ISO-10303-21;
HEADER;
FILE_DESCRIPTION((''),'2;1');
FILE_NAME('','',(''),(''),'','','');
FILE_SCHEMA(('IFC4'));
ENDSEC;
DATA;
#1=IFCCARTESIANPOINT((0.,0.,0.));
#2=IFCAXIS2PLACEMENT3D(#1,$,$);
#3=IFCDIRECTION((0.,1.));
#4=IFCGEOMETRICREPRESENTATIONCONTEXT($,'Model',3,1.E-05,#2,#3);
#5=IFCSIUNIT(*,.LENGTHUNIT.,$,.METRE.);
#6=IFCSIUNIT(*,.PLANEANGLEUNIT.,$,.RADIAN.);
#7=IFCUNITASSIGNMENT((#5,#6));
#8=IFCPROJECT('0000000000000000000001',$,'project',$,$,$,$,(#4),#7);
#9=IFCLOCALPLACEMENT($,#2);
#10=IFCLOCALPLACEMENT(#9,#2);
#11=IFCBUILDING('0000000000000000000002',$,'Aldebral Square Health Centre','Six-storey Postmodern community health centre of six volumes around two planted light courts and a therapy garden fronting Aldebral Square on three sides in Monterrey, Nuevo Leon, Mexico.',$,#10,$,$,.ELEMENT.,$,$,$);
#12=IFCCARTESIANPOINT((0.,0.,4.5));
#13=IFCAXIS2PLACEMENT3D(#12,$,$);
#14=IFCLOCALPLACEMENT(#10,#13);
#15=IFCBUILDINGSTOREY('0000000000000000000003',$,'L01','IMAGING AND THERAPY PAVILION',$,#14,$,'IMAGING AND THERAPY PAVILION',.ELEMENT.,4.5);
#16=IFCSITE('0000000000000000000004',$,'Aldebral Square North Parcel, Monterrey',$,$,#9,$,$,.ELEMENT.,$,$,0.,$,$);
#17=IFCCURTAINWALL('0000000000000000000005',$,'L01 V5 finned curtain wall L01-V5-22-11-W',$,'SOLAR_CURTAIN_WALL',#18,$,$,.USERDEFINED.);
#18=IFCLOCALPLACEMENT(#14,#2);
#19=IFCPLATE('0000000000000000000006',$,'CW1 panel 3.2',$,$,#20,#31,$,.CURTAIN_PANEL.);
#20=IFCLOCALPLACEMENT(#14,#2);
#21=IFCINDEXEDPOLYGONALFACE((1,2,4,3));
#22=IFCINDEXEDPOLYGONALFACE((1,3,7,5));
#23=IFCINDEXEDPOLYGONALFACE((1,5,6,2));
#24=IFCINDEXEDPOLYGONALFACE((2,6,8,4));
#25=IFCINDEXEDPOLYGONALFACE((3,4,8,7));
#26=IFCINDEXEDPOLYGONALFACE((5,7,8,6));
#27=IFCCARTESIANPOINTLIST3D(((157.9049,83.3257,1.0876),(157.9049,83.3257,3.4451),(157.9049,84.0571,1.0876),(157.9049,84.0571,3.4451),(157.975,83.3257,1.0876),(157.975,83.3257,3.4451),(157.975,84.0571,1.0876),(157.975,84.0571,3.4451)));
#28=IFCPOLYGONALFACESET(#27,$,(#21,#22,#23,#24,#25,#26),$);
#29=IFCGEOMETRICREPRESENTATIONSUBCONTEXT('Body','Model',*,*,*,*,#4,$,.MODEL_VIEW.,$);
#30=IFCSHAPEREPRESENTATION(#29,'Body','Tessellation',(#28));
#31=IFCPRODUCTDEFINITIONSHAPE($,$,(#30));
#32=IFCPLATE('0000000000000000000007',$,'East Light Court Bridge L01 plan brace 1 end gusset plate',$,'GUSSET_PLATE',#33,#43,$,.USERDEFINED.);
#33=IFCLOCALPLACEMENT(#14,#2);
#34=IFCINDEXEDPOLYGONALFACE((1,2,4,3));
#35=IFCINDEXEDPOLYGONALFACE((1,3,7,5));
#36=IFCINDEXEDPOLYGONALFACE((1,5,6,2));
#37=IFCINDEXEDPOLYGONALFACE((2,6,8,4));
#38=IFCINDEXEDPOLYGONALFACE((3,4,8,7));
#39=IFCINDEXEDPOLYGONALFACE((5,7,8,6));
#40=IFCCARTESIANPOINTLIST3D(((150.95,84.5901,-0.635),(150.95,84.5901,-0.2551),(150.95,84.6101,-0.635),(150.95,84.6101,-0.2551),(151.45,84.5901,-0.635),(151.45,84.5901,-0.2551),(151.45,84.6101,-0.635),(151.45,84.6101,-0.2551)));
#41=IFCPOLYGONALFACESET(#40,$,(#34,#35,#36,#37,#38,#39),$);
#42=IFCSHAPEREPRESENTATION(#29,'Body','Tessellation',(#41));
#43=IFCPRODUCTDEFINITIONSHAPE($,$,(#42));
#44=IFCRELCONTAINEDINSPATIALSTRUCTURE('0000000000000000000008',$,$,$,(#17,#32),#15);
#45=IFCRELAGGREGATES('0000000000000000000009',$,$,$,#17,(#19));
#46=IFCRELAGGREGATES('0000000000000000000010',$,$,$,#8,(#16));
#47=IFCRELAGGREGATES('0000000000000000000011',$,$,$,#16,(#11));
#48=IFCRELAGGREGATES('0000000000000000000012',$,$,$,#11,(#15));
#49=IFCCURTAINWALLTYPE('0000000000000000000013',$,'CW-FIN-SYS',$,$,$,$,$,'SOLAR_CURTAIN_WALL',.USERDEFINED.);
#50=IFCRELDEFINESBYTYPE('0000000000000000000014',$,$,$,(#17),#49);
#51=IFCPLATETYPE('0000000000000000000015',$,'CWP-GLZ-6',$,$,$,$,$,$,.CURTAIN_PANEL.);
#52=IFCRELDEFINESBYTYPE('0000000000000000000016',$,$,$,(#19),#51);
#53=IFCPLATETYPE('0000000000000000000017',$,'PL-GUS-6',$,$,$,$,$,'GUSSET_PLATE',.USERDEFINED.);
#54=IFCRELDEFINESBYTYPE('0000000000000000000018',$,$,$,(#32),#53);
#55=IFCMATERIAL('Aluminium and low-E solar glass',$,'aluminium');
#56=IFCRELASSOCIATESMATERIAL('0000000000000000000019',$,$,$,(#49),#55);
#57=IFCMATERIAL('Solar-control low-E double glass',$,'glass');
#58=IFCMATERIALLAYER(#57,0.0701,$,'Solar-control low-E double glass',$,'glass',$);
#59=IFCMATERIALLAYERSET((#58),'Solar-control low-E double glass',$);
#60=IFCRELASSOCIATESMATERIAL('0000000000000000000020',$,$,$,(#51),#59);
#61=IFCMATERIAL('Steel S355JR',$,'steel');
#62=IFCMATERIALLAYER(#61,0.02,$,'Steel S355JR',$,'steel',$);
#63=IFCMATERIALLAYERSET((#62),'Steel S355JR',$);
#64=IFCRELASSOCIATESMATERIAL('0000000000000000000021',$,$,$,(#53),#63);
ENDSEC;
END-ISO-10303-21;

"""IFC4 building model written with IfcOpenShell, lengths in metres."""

from ifc_helpers import new_model, si_unit, direction, frame, origin, origin_2d, place, context, subcontext, project, spatial, rectangle, extrude, material, layer, layer_set, type_object, element, aggregate, save


model = new_model("IFC4")

# Units and contexts
model_context = context("Model", 3, precision=1e-05, world=origin(), true_north=direction((0.0, 1.0)))
body_context = subcontext(model_context, "Body", "Model", "MODEL_VIEW")
ifc_project = project(units=[si_unit("LENGTHUNIT", "METRE"), si_unit("PLANEANGLEUNIT", "RADIAN")], contexts=[model_context])

# Site, building, storey
site_placement = place(None, origin())
site = spatial("IfcSite", under=ifc_project, at=site_placement, Name="Aldebral Square North Parcel, Monterrey", CompositionType="ELEMENT", RefElevation=0.0)
building_placement = place(site_placement, origin())
building = spatial("IfcBuilding", under=site, at=building_placement, Name="Aldebral Square Health Centre", Description="Six-storey Postmodern community health centre of six volumes around two planted light courts and a therapy garden fronting Aldebral Square on three sides in Monterrey, Nuevo Leon, Mexico.", CompositionType="ELEMENT")
storey_placement = place(building_placement, frame((0.0, 0.0, 4.5)))
storey = spatial("IfcBuildingStorey", under=building, at=storey_placement, Name="L01", Description="IMAGING AND THERAPY PAVILION", LongName="IMAGING AND THERAPY PAVILION", CompositionType="ELEMENT", Elevation=4.5)

# Shared definitions
ifc_material_1 = material(Name="Steel S355JR", Category="steel")

# Curtain wall, plate
ifc_material_2 = material(Name="Aluminium and low-E solar glass", Category="aluminium")
curtain_wall_type = type_object("IfcCurtainWallType", Name="CW-FIN-SYS", ElementType="SOLAR_CURTAIN_WALL", PredefinedType="USERDEFINED", material=ifc_material_2)
curtain_wall_placement = place(storey_placement, origin())
curtain_wall = element("IfcCurtainWall", 1, at=curtain_wall_placement, inside=storey, type_object=curtain_wall_type, Name="L01 V5 finned curtain wall L01-V5-22-11-W", ObjectType="SOLAR_CURTAIN_WALL", PredefinedType="USERDEFINED")
ifc_material_3 = material(Name="Solar-control low-E double glass", Category="glass")
ifc_layer_1 = layer(ifc_material_3, 0.0701, Name="Solar-control low-E double glass", Category="glass")
ifc_layer_set_1 = layer_set([ifc_layer_1], Name="Solar-control low-E double glass")
plate_type_1 = type_object("IfcPlateType", Name="CWP-GLZ-6", PredefinedType="CURTAIN_PANEL", material=ifc_layer_set_1)
plate_1_placement = place(storey_placement, frame((157.9399, 83.6914, 1.0876), z_axis=(0.0, 0.0, 1.0), x_axis=(0.0, -1.0, 0.0)))
plate_1 = element("IfcPlate", 2, at=plate_1_placement, type_object=plate_type_1, Name="CW1 panel 3.2", PredefinedType="CURTAIN_PANEL", context=body_context, shape_type="SweptSolid", body=[
    extrude(rectangle(XDim=0.7314, YDim=0.0701, at=origin_2d()), origin(), (0.0, 0.0, 1.0), 2.3574),
])
aggregate(curtain_wall, [plate_1])

# Plate
ifc_layer_2 = layer(ifc_material_1, 0.02, Name="Steel S355JR", Category="steel")
ifc_layer_set_2 = layer_set([ifc_layer_2], Name="Steel S355JR")
plate_type_2 = type_object("IfcPlateType", Name="PL-GUS-6", ElementType="GUSSET_PLATE", PredefinedType="USERDEFINED", material=ifc_layer_set_2)
plate_2_placement = place(storey_placement, frame((151.2, 84.6001, -0.635), z_axis=(0.0, 0.0, 1.0), x_axis=(1.0, 0.0, 0.0)))
element("IfcPlate", 3, at=plate_2_placement, inside=storey, type_object=plate_type_2, Name="East Light Court Bridge L01 plan brace 1 end gusset plate", ObjectType="GUSSET_PLATE", PredefinedType="USERDEFINED", context=body_context, shape_type="SweptSolid", body=[
    extrude(rectangle(XDim=0.5, YDim=0.02, at=origin_2d()), origin(), (0.0, 0.0, 1.0), 0.3799),
])

save(model, "model.ifc")
